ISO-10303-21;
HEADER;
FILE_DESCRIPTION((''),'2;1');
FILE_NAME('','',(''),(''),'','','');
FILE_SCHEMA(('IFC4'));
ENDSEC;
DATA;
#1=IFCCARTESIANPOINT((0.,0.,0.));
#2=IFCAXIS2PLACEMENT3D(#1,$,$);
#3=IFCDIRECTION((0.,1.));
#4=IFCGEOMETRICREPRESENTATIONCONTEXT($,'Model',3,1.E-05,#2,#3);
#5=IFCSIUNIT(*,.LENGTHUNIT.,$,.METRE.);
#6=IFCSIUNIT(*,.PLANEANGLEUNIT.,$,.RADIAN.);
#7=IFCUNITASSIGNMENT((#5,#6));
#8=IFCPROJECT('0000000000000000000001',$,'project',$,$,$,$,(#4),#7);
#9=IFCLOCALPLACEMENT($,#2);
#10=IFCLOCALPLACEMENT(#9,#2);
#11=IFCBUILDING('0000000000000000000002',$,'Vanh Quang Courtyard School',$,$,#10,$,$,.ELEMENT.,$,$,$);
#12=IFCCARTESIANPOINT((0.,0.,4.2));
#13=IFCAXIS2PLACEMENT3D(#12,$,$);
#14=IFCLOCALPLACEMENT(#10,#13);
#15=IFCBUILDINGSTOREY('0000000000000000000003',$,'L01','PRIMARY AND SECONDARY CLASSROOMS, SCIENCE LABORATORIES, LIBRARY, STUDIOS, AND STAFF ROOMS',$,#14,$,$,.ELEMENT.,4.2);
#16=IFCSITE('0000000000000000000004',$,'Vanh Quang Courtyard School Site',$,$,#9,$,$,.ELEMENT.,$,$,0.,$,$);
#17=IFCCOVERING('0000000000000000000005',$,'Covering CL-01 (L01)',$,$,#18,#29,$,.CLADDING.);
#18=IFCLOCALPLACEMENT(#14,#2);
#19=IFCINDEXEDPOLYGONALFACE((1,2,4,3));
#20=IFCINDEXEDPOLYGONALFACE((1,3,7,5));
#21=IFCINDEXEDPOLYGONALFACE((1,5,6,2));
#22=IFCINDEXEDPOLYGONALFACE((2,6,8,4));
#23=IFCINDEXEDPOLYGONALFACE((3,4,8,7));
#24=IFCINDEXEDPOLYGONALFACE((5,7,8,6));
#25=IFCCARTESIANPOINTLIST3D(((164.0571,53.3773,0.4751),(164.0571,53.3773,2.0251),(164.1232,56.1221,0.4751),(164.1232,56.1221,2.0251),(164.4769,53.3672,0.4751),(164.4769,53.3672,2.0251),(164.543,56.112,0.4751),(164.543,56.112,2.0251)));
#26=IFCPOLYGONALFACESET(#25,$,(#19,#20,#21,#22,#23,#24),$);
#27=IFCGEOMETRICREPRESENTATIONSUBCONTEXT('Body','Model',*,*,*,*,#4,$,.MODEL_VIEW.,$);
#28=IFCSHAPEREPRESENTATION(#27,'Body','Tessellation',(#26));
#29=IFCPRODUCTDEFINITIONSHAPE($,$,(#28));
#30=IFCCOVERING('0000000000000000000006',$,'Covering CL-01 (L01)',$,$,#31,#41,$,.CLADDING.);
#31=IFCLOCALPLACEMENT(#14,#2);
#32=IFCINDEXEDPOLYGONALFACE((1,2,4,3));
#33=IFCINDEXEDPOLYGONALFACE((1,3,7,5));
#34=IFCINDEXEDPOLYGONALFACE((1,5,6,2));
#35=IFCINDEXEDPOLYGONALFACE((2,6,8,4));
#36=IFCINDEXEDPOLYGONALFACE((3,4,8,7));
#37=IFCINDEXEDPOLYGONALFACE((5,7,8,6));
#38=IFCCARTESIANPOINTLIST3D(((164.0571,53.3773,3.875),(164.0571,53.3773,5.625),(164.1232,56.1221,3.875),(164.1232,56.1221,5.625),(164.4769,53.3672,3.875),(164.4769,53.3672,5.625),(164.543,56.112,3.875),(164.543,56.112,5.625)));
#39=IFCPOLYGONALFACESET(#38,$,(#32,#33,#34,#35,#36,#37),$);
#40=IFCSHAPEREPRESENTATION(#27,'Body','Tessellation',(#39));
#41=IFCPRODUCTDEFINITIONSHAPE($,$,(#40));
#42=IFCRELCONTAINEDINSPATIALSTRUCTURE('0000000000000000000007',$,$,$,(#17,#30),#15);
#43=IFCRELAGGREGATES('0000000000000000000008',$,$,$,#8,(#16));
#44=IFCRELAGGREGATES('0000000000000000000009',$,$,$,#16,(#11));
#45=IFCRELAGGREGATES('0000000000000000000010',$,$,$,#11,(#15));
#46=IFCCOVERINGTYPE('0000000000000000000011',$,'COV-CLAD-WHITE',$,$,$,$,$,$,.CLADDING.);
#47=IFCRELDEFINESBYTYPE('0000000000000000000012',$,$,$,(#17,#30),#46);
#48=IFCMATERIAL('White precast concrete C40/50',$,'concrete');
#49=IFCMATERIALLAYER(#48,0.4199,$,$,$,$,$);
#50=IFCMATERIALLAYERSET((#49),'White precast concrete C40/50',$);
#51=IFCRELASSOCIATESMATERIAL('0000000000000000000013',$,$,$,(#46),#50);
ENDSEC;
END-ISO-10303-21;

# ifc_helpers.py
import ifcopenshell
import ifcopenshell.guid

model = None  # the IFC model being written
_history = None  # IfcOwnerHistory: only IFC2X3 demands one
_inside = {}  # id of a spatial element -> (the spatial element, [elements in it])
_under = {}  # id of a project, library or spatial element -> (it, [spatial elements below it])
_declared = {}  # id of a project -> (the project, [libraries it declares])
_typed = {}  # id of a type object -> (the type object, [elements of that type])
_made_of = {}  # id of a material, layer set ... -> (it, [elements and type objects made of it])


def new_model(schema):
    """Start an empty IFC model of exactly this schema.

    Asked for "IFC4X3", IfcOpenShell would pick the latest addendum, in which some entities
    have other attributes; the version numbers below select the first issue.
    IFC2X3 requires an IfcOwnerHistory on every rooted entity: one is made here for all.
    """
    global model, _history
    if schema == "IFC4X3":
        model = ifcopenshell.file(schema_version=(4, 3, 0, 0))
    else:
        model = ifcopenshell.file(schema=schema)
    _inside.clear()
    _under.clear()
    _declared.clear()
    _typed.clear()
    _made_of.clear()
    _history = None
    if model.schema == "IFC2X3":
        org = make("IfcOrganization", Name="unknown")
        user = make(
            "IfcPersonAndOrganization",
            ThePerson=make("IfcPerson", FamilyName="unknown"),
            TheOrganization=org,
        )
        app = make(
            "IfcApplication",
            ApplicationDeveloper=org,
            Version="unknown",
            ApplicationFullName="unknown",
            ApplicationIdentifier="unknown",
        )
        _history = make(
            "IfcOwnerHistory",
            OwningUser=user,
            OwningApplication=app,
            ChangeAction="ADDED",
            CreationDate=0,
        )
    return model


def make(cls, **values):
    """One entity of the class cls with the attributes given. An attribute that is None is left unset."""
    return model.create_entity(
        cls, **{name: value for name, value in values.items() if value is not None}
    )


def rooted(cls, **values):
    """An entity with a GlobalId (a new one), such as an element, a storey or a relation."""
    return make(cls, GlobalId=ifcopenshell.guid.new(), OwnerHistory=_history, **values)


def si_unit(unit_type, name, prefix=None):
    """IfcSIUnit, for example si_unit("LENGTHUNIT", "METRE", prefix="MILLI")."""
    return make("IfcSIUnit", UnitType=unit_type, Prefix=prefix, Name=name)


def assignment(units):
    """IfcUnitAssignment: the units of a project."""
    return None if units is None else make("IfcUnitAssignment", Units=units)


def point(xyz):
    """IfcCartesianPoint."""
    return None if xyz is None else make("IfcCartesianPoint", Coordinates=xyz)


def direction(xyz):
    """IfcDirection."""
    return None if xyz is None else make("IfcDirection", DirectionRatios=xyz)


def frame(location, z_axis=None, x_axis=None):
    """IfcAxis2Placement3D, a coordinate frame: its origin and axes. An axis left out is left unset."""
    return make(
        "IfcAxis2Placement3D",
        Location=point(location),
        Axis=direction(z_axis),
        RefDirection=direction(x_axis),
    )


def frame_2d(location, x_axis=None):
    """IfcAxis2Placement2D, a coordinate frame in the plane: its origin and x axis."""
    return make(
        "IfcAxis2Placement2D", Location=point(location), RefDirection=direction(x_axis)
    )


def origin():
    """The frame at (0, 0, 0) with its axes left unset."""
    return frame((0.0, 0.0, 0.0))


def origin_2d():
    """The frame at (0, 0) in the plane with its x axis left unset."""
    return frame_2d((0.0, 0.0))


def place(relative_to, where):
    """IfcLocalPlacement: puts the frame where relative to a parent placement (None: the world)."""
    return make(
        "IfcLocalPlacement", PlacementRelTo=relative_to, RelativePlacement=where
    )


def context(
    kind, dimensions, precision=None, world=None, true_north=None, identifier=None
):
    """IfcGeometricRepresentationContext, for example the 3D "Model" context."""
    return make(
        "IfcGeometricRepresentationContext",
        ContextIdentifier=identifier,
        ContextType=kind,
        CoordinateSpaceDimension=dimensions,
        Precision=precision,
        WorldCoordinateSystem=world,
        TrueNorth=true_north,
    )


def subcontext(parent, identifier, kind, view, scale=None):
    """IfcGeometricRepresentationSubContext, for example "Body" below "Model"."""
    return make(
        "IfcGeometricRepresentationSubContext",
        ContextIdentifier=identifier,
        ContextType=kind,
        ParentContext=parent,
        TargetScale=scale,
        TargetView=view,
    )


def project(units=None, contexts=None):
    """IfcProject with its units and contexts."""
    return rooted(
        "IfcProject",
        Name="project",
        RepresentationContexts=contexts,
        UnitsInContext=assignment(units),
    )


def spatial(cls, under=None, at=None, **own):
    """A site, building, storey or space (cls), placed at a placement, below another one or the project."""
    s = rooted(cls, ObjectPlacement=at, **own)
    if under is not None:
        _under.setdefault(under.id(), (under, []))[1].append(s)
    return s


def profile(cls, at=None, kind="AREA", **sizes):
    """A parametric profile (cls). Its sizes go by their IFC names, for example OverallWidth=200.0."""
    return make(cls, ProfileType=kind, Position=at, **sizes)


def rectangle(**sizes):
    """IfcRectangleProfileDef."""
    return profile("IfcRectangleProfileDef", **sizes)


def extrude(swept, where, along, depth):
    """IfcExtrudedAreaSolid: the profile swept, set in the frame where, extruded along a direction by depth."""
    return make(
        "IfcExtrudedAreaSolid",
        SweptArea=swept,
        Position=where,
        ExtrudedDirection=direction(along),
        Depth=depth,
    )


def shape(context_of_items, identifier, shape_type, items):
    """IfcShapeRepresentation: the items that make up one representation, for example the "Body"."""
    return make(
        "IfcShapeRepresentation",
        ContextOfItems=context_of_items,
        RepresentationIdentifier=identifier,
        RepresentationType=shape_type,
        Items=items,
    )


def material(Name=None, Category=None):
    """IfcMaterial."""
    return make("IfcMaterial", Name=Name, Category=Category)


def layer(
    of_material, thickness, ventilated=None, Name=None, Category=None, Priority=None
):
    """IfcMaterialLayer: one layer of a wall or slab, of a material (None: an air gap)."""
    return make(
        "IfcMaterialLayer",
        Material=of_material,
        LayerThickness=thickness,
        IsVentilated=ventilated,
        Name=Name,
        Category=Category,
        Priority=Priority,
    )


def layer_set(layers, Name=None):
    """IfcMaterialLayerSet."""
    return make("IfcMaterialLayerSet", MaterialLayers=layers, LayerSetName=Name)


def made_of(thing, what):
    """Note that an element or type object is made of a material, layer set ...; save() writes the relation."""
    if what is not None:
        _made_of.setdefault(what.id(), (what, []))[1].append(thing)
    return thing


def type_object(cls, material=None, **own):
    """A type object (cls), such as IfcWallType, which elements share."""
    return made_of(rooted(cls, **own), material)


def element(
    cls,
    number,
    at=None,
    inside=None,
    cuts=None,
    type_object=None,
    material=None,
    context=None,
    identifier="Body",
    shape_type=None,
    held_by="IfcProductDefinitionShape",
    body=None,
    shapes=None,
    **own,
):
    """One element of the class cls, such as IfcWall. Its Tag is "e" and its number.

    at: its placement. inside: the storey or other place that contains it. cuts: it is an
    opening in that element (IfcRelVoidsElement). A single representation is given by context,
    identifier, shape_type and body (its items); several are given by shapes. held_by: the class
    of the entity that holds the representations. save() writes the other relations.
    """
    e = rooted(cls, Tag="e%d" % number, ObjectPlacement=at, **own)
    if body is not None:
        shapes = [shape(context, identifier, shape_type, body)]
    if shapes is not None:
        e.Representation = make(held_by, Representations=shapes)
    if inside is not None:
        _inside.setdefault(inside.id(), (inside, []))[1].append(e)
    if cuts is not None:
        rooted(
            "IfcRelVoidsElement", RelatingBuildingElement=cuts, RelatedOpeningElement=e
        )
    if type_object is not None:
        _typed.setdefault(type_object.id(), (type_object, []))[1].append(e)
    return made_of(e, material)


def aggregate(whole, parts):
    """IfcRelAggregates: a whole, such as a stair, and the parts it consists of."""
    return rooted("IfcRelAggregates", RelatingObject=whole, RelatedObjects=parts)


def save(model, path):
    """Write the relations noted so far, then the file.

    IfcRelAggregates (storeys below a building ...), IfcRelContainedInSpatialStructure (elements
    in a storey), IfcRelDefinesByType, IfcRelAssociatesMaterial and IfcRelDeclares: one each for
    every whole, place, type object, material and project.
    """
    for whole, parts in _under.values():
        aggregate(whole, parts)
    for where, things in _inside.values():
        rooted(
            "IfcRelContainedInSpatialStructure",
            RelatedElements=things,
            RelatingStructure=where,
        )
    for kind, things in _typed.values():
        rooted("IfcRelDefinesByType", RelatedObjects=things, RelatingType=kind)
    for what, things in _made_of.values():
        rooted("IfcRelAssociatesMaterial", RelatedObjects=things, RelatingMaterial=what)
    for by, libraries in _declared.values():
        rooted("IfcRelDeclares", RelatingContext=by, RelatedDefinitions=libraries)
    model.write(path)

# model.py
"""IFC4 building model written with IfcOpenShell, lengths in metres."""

from ifc_helpers import new_model, si_unit, direction, frame, origin, origin_2d, place, context, subcontext, project, spatial, rectangle, extrude, material, layer, layer_set, type_object, element, save


model = new_model("IFC4")

# Units and contexts
model_context = context("Model", 3, precision=1e-05, world=origin(), true_north=direction((0.0, 1.0)))
body_context = subcontext(model_context, "Body", "Model", "MODEL_VIEW")
ifc_project = project(units=[si_unit("LENGTHUNIT", "METRE"), si_unit("PLANEANGLEUNIT", "RADIAN")], contexts=[model_context])

# Site, building, storey
site_placement = place(None, origin())
site = spatial("IfcSite", under=ifc_project, at=site_placement, Name="Vanh Quang Courtyard School Site", CompositionType="ELEMENT", RefElevation=0.0)
building_placement = place(site_placement, origin())
building = spatial("IfcBuilding", under=site, at=building_placement, Name="Vanh Quang Courtyard School", CompositionType="ELEMENT")
storey_placement = place(building_placement, frame((0.0, 0.0, 4.2)))
storey = spatial("IfcBuildingStorey", under=building, at=storey_placement, Name="L01", Description="PRIMARY AND SECONDARY CLASSROOMS, SCIENCE LABORATORIES, LIBRARY, STUDIOS, AND STAFF ROOMS", CompositionType="ELEMENT", Elevation=4.2)

# Coverings
ifc_material_1 = material(Name="White precast concrete C40/50", Category="concrete")
ifc_layer_1 = layer(ifc_material_1, 0.4199)
ifc_layer_set_1 = layer_set([ifc_layer_1], Name="White precast concrete C40/50")
covering_type = type_object("IfcCoveringType", Name="COV-CLAD-WHITE", PredefinedType="CLADDING", material=ifc_layer_set_1)
covering_1_placement = place(storey_placement, frame((164.3, 54.7446, 0.4751), z_axis=(0.0, 0.0, 1.0), x_axis=(0.024083, 0.99971, 0.0)))
element("IfcCovering", 1, at=covering_1_placement, inside=storey, type_object=covering_type, Name="Covering CL-01 (L01)", PredefinedType="CLADDING", context=body_context, shape_type="SweptSolid", body=[
    extrude(rectangle(XDim=2.7456, YDim=0.4199, at=origin_2d()), origin(), (0.0, 0.0, 1.0), 1.55),
])
covering_2_placement = place(storey_placement, frame((164.3, 54.7446, 3.875), z_axis=(0.0, 0.0, 1.0), x_axis=(0.024083, 0.99971, 0.0)))
element("IfcCovering", 2, at=covering_2_placement, inside=storey, type_object=covering_type, Name="Covering CL-01 (L01)", PredefinedType="CLADDING", context=body_context, shape_type="SweptSolid", body=[
    extrude(rectangle(XDim=2.7456, YDim=0.4199, at=origin_2d()), origin(), (0.0, 0.0, 1.0), 1.75),
])

save(model, "model.ifc")
